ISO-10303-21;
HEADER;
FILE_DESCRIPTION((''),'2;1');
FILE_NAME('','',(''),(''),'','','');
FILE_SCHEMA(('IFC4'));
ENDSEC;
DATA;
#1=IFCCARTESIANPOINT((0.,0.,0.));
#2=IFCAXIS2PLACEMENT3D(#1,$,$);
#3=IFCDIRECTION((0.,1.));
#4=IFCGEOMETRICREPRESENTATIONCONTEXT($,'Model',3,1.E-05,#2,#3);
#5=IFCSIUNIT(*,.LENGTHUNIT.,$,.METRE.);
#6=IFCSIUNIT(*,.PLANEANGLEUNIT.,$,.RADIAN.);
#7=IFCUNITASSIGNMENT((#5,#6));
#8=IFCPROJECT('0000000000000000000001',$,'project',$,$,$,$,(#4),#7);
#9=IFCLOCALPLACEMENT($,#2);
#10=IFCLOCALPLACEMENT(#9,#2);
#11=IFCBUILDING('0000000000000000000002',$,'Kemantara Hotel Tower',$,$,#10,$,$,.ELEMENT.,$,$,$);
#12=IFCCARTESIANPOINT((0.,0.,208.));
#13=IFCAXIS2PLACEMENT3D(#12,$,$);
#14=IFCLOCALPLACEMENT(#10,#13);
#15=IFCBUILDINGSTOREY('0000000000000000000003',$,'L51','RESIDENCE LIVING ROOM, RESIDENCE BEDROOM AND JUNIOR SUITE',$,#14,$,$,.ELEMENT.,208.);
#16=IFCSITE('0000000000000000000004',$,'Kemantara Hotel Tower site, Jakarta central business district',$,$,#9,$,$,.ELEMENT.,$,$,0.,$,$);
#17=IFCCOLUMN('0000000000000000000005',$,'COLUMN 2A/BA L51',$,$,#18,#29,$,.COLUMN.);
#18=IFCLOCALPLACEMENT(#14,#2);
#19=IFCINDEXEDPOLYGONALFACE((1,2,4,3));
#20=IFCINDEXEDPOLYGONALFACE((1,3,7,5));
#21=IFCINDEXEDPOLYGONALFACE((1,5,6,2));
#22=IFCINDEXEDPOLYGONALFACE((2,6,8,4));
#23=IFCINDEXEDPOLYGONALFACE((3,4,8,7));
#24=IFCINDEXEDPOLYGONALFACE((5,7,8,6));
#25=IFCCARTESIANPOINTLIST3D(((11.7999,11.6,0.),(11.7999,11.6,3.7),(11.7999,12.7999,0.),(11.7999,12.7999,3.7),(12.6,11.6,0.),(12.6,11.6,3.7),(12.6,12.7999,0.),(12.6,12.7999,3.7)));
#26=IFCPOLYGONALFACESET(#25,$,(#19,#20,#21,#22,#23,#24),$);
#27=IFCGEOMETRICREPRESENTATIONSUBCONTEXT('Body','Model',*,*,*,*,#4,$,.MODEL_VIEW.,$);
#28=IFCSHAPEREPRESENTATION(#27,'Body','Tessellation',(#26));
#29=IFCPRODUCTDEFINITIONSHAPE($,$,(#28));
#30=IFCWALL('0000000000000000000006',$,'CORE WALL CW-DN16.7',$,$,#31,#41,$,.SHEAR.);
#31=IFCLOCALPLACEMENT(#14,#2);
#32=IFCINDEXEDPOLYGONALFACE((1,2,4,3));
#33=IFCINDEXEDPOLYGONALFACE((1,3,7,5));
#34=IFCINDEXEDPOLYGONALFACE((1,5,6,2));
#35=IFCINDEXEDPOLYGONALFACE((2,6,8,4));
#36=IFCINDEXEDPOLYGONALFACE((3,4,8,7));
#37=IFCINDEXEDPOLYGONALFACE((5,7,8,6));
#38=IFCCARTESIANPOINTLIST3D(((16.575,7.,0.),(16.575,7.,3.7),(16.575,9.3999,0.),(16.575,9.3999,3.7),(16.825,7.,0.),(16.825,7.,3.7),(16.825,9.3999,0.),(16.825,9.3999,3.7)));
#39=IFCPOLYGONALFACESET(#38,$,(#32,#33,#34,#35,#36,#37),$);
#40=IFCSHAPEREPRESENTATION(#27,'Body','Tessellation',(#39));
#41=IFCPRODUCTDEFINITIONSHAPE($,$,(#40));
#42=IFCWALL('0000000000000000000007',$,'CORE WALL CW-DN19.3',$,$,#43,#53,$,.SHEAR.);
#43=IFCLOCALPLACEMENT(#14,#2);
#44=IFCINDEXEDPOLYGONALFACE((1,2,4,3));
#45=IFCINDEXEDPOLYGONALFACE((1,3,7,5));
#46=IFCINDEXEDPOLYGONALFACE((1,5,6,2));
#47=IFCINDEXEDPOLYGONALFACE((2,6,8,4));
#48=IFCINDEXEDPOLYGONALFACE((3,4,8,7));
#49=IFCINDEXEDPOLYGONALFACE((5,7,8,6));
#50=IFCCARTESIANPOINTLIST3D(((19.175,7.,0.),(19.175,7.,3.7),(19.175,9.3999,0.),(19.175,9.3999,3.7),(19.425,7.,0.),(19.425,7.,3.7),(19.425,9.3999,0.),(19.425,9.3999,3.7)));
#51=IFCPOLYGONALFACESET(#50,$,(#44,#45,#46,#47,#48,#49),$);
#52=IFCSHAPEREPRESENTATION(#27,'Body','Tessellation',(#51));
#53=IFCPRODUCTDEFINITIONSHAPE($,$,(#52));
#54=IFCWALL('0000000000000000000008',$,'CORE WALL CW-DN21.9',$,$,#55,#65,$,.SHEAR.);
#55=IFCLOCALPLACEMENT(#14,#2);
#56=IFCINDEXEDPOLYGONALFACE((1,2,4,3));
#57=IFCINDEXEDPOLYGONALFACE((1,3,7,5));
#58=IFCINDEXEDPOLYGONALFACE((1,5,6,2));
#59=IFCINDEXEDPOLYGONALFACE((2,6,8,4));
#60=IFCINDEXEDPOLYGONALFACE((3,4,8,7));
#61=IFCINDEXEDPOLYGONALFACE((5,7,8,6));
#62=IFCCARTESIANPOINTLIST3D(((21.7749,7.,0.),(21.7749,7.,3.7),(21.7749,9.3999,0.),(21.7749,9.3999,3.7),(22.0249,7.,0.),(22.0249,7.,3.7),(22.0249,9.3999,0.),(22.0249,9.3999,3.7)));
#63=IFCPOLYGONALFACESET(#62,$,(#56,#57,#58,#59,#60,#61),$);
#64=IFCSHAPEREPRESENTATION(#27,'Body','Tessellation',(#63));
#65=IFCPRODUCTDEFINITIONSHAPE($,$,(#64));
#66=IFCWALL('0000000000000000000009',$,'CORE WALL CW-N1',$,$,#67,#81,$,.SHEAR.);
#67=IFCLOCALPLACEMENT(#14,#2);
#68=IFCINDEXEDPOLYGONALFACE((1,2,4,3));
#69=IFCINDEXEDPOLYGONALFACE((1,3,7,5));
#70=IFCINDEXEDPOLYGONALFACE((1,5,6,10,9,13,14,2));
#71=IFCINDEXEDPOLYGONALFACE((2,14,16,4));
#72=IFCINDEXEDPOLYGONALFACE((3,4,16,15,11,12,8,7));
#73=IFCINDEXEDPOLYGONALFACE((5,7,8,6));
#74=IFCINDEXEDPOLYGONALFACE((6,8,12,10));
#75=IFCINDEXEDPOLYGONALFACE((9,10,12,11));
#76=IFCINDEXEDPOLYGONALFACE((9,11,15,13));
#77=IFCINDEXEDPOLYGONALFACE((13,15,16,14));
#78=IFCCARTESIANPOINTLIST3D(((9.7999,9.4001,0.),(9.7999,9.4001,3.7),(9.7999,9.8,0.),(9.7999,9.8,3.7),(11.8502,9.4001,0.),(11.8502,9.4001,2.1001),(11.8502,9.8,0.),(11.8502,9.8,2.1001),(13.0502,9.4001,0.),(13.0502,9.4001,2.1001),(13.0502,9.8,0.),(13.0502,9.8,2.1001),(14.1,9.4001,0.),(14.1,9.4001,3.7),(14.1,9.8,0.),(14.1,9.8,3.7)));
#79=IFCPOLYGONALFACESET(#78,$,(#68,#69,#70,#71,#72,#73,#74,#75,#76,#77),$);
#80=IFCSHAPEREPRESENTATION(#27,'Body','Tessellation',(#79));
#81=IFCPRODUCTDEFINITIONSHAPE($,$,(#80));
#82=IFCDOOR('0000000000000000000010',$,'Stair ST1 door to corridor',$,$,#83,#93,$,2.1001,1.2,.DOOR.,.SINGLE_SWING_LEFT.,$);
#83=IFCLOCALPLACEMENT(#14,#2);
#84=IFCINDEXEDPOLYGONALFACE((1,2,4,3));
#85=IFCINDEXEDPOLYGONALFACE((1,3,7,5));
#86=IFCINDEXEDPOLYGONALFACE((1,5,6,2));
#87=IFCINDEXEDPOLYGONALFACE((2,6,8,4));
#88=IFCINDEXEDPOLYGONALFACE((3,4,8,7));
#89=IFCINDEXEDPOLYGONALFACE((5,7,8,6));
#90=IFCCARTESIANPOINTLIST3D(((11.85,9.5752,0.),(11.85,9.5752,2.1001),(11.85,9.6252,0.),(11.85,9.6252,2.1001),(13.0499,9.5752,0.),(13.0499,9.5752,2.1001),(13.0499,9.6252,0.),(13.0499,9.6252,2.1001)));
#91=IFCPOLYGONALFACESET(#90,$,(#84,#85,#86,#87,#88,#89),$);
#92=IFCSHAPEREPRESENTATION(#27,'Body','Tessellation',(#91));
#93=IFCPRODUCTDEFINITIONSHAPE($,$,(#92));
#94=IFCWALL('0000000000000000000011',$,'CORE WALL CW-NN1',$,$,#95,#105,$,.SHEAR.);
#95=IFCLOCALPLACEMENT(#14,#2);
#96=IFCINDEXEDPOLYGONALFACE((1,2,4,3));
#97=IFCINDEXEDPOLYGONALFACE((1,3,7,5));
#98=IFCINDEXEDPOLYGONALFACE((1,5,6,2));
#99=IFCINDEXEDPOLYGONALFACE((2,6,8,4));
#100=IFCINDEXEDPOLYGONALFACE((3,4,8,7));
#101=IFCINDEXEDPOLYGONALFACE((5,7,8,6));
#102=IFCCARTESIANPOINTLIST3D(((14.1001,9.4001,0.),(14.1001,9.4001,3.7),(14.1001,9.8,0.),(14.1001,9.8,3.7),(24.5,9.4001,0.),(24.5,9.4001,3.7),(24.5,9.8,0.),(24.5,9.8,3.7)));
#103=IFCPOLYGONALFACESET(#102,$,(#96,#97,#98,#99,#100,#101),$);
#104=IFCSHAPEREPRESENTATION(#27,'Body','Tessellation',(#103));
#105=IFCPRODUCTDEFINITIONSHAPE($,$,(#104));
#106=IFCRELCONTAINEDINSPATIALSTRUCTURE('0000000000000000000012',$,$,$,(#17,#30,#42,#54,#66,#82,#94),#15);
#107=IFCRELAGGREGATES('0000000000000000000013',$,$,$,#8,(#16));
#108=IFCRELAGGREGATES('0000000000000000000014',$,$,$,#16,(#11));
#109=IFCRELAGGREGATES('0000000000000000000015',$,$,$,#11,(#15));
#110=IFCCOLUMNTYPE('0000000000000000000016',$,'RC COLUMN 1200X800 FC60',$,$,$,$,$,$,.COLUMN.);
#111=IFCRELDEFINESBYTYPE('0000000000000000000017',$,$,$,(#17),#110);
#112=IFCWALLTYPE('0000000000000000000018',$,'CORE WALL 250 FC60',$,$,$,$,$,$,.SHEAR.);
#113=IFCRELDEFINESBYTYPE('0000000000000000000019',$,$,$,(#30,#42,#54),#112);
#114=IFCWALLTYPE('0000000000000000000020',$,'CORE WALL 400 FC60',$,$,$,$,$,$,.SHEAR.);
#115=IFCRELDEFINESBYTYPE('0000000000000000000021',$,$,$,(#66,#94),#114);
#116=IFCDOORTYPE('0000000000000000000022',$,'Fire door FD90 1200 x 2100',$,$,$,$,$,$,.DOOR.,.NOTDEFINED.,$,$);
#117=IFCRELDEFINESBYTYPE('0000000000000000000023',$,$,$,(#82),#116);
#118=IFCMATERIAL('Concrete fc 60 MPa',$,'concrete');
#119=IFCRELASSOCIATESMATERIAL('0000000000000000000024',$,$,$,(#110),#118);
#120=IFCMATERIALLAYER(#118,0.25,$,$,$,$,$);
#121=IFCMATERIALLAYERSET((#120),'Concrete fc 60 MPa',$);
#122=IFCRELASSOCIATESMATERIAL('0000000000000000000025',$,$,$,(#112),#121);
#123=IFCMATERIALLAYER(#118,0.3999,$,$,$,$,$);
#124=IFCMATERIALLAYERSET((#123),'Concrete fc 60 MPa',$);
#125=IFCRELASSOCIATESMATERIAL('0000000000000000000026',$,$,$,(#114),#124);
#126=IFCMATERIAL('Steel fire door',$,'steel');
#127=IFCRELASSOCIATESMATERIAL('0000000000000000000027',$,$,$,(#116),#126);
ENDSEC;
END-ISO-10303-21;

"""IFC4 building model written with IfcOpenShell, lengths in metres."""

from ifc_helpers import new_model, si_unit, direction, frame, frame_2d, origin, origin_2d, place, context, subcontext, project, spatial, rectangle, extrude, material, layer, layer_set, material_profile, profile_set, type_object, element, fill, save


model = new_model("IFC4")

# Units and contexts
model_context = context("Model", 3, precision=1e-05, world=origin(), true_north=direction((0.0, 1.0)))
body_context = subcontext(model_context, "Body", "Model", "MODEL_VIEW")
ifc_project = project(units=[si_unit("LENGTHUNIT", "METRE"), si_unit("PLANEANGLEUNIT", "RADIAN")], contexts=[model_context])

# Site, building, storey
site_placement = place(None, origin())
site = spatial("IfcSite", under=ifc_project, at=site_placement, Name="Kemantara Hotel Tower site, Jakarta central business district", CompositionType="ELEMENT", RefElevation=0.0)
building_placement = place(site_placement, origin())
building = spatial("IfcBuilding", under=site, at=building_placement, Name="Kemantara Hotel Tower", CompositionType="ELEMENT")
storey_placement = place(building_placement, frame((0.0, 0.0, 208.0)))
storey = spatial("IfcBuildingStorey", under=building, at=storey_placement, Name="L51", Description="RESIDENCE LIVING ROOM, RESIDENCE BEDROOM AND JUNIOR SUITE", CompositionType="ELEMENT", Elevation=208.0)

# Column
ifc_material_1 = material(Name="Concrete fc 60 MPa", Category="concrete")
ifc_material_profile = material_profile(ifc_material_1, rectangle(XDim=1.2, YDim=0.8, at=origin_2d()), Name="RC 1200X800")
ifc_profile_set = profile_set([ifc_material_profile], Name="Concrete fc 60 MPa")
column_type = type_object("IfcColumnType", Name="RC COLUMN 1200X800 FC60", PredefinedType="COLUMN", material=ifc_profile_set)
column_placement = place(storey_placement, frame((12.2, 12.2, 0.0), z_axis=(0.0, 0.0, 1.0), x_axis=(0.0, 1.0, 0.0)))
element("IfcColumn", 1, at=column_placement, inside=storey, type_object=column_type, Name="COLUMN 2A/BA L51", PredefinedType="COLUMN", context=body_context, shape_type="SweptSolid", body=[
    extrude(rectangle(XDim=1.2, YDim=0.8, at=origin_2d()), origin(), (0.0, 0.0, 1.0), 3.7),
])

# Walls
ifc_layer_1 = layer(ifc_material_1, 0.25)
ifc_layer_set_1 = layer_set([ifc_layer_1], Name="Concrete fc 60 MPa")
wall_type_1 = type_object("IfcWallType", Name="CORE WALL 250 FC60", PredefinedType="SHEAR", material=ifc_layer_set_1)
for number, where, z_axis, x_axis, name in (
    (2, (16.7, 7.0, 0.0), (0.0, 0.0, 1.0), (0.0, 1.0, 0.0), "CORE WALL CW-DN16.7"),
    (3, (19.3, 7.0, 0.0), (0.0, 0.0, 1.0), (0.0, 1.0, 0.0), "CORE WALL CW-DN19.3"),
    (4, (21.8999, 7.0, 0.0), (0.0, 0.0, 1.0), (0.0, 1.0, 0.0), "CORE WALL CW-DN21.9"),
):
    element("IfcWall", number, at=place(storey_placement, frame(where, z_axis=z_axis, x_axis=x_axis)), inside=storey, type_object=wall_type_1, Name=name, PredefinedType="SHEAR", context=body_context, shape_type="SweptSolid", body=[
        extrude(rectangle(XDim=2.3999, YDim=0.25, at=frame_2d((1.2, 0.0))), origin(), (0.0, 0.0, 1.0), 3.7),
    ])

# Wall, opening, door
ifc_layer_2 = layer(ifc_material_1, 0.3999)
ifc_layer_set_2 = layer_set([ifc_layer_2], Name="Concrete fc 60 MPa")
wall_type_2 = type_object("IfcWallType", Name="CORE WALL 400 FC60", PredefinedType="SHEAR", material=ifc_layer_set_2)
wall_1_placement = place(storey_placement, frame((9.8, 9.6001, 0.0), z_axis=(0.0, 0.0, 1.0), x_axis=(1.0, 0.0, 0.0)))
wall_1 = element("IfcWall", 5, at=wall_1_placement, inside=storey, type_object=wall_type_2, Name="CORE WALL CW-N1", PredefinedType="SHEAR", context=body_context, shape_type="SweptSolid", body=[
    extrude(rectangle(XDim=4.3, YDim=0.3999, at=frame_2d((2.1499, 0.0))), origin(), (0.0, 0.0, 1.0), 3.7),
])
opening_1_placement = place(wall_1_placement, frame((2.05, 0.0, 0.0)))
opening_1 = element("IfcOpeningElement", 6, at=opening_1_placement, cuts=wall_1, PredefinedType="OPENING", context=body_context, shape_type="SweptSolid", body=[
    extrude(rectangle(XDim=1.2, YDim=2.1001, at=frame_2d((0.6001, 1.05))), frame((0.0, 0.21, 0.0), z_axis=(0.0, -1.0, 0.0), x_axis=(1.0, 0.0, 0.0)), (0.0, 0.0, 1.0), 0.4199),
])
ifc_material_2 = material(Name="Steel fire door", Category="steel")
door_type_1 = type_object("IfcDoorType", Name="Fire door FD90 1200 x 2100", OperationType="NOTDEFINED", PredefinedType="DOOR", material=ifc_material_2)
door_1_placement = place(opening_1_placement, frame((1.2, 0.0, 0.0), z_axis=(0.0, 0.0, 1.0), x_axis=(-1.0, 0.0, 0.0)))
door_1 = element("IfcDoor", 7, at=door_1_placement, inside=storey, type_object=door_type_1, Name="Stair ST1 door to corridor", OperationType="SINGLE_SWING_LEFT", OverallHeight=2.1001, OverallWidth=1.2, PredefinedType="DOOR", context=body_context, shape_type="SweptSolid", body=[
    extrude(rectangle(XDim=1.2, YDim=2.1001, at=frame_2d((0.6001, 1.05))), frame((0.0, 0.0249, 0.0), z_axis=(0.0, -1.0, 0.0), x_axis=(1.0, 0.0, 0.0)), (0.0, 0.0, 1.0), 0.05),
])
fill(opening_1, door_1)

# Wall
wall_2_placement = place(storey_placement, frame((14.1001, 9.6001, 0.0), z_axis=(0.0, 0.0, 1.0), x_axis=(1.0, 0.0, 0.0)))
element("IfcWall", 8, at=wall_2_placement, inside=storey, type_object=wall_type_2, Name="CORE WALL CW-NN1", PredefinedType="SHEAR", context=body_context, shape_type="SweptSolid", body=[
    extrude(rectangle(XDim=10.3999, YDim=0.3999, at=frame_2d((5.2, 0.0))), origin(), (0.0, 0.0, 1.0), 3.7),
])

save(model, "model.ifc")
